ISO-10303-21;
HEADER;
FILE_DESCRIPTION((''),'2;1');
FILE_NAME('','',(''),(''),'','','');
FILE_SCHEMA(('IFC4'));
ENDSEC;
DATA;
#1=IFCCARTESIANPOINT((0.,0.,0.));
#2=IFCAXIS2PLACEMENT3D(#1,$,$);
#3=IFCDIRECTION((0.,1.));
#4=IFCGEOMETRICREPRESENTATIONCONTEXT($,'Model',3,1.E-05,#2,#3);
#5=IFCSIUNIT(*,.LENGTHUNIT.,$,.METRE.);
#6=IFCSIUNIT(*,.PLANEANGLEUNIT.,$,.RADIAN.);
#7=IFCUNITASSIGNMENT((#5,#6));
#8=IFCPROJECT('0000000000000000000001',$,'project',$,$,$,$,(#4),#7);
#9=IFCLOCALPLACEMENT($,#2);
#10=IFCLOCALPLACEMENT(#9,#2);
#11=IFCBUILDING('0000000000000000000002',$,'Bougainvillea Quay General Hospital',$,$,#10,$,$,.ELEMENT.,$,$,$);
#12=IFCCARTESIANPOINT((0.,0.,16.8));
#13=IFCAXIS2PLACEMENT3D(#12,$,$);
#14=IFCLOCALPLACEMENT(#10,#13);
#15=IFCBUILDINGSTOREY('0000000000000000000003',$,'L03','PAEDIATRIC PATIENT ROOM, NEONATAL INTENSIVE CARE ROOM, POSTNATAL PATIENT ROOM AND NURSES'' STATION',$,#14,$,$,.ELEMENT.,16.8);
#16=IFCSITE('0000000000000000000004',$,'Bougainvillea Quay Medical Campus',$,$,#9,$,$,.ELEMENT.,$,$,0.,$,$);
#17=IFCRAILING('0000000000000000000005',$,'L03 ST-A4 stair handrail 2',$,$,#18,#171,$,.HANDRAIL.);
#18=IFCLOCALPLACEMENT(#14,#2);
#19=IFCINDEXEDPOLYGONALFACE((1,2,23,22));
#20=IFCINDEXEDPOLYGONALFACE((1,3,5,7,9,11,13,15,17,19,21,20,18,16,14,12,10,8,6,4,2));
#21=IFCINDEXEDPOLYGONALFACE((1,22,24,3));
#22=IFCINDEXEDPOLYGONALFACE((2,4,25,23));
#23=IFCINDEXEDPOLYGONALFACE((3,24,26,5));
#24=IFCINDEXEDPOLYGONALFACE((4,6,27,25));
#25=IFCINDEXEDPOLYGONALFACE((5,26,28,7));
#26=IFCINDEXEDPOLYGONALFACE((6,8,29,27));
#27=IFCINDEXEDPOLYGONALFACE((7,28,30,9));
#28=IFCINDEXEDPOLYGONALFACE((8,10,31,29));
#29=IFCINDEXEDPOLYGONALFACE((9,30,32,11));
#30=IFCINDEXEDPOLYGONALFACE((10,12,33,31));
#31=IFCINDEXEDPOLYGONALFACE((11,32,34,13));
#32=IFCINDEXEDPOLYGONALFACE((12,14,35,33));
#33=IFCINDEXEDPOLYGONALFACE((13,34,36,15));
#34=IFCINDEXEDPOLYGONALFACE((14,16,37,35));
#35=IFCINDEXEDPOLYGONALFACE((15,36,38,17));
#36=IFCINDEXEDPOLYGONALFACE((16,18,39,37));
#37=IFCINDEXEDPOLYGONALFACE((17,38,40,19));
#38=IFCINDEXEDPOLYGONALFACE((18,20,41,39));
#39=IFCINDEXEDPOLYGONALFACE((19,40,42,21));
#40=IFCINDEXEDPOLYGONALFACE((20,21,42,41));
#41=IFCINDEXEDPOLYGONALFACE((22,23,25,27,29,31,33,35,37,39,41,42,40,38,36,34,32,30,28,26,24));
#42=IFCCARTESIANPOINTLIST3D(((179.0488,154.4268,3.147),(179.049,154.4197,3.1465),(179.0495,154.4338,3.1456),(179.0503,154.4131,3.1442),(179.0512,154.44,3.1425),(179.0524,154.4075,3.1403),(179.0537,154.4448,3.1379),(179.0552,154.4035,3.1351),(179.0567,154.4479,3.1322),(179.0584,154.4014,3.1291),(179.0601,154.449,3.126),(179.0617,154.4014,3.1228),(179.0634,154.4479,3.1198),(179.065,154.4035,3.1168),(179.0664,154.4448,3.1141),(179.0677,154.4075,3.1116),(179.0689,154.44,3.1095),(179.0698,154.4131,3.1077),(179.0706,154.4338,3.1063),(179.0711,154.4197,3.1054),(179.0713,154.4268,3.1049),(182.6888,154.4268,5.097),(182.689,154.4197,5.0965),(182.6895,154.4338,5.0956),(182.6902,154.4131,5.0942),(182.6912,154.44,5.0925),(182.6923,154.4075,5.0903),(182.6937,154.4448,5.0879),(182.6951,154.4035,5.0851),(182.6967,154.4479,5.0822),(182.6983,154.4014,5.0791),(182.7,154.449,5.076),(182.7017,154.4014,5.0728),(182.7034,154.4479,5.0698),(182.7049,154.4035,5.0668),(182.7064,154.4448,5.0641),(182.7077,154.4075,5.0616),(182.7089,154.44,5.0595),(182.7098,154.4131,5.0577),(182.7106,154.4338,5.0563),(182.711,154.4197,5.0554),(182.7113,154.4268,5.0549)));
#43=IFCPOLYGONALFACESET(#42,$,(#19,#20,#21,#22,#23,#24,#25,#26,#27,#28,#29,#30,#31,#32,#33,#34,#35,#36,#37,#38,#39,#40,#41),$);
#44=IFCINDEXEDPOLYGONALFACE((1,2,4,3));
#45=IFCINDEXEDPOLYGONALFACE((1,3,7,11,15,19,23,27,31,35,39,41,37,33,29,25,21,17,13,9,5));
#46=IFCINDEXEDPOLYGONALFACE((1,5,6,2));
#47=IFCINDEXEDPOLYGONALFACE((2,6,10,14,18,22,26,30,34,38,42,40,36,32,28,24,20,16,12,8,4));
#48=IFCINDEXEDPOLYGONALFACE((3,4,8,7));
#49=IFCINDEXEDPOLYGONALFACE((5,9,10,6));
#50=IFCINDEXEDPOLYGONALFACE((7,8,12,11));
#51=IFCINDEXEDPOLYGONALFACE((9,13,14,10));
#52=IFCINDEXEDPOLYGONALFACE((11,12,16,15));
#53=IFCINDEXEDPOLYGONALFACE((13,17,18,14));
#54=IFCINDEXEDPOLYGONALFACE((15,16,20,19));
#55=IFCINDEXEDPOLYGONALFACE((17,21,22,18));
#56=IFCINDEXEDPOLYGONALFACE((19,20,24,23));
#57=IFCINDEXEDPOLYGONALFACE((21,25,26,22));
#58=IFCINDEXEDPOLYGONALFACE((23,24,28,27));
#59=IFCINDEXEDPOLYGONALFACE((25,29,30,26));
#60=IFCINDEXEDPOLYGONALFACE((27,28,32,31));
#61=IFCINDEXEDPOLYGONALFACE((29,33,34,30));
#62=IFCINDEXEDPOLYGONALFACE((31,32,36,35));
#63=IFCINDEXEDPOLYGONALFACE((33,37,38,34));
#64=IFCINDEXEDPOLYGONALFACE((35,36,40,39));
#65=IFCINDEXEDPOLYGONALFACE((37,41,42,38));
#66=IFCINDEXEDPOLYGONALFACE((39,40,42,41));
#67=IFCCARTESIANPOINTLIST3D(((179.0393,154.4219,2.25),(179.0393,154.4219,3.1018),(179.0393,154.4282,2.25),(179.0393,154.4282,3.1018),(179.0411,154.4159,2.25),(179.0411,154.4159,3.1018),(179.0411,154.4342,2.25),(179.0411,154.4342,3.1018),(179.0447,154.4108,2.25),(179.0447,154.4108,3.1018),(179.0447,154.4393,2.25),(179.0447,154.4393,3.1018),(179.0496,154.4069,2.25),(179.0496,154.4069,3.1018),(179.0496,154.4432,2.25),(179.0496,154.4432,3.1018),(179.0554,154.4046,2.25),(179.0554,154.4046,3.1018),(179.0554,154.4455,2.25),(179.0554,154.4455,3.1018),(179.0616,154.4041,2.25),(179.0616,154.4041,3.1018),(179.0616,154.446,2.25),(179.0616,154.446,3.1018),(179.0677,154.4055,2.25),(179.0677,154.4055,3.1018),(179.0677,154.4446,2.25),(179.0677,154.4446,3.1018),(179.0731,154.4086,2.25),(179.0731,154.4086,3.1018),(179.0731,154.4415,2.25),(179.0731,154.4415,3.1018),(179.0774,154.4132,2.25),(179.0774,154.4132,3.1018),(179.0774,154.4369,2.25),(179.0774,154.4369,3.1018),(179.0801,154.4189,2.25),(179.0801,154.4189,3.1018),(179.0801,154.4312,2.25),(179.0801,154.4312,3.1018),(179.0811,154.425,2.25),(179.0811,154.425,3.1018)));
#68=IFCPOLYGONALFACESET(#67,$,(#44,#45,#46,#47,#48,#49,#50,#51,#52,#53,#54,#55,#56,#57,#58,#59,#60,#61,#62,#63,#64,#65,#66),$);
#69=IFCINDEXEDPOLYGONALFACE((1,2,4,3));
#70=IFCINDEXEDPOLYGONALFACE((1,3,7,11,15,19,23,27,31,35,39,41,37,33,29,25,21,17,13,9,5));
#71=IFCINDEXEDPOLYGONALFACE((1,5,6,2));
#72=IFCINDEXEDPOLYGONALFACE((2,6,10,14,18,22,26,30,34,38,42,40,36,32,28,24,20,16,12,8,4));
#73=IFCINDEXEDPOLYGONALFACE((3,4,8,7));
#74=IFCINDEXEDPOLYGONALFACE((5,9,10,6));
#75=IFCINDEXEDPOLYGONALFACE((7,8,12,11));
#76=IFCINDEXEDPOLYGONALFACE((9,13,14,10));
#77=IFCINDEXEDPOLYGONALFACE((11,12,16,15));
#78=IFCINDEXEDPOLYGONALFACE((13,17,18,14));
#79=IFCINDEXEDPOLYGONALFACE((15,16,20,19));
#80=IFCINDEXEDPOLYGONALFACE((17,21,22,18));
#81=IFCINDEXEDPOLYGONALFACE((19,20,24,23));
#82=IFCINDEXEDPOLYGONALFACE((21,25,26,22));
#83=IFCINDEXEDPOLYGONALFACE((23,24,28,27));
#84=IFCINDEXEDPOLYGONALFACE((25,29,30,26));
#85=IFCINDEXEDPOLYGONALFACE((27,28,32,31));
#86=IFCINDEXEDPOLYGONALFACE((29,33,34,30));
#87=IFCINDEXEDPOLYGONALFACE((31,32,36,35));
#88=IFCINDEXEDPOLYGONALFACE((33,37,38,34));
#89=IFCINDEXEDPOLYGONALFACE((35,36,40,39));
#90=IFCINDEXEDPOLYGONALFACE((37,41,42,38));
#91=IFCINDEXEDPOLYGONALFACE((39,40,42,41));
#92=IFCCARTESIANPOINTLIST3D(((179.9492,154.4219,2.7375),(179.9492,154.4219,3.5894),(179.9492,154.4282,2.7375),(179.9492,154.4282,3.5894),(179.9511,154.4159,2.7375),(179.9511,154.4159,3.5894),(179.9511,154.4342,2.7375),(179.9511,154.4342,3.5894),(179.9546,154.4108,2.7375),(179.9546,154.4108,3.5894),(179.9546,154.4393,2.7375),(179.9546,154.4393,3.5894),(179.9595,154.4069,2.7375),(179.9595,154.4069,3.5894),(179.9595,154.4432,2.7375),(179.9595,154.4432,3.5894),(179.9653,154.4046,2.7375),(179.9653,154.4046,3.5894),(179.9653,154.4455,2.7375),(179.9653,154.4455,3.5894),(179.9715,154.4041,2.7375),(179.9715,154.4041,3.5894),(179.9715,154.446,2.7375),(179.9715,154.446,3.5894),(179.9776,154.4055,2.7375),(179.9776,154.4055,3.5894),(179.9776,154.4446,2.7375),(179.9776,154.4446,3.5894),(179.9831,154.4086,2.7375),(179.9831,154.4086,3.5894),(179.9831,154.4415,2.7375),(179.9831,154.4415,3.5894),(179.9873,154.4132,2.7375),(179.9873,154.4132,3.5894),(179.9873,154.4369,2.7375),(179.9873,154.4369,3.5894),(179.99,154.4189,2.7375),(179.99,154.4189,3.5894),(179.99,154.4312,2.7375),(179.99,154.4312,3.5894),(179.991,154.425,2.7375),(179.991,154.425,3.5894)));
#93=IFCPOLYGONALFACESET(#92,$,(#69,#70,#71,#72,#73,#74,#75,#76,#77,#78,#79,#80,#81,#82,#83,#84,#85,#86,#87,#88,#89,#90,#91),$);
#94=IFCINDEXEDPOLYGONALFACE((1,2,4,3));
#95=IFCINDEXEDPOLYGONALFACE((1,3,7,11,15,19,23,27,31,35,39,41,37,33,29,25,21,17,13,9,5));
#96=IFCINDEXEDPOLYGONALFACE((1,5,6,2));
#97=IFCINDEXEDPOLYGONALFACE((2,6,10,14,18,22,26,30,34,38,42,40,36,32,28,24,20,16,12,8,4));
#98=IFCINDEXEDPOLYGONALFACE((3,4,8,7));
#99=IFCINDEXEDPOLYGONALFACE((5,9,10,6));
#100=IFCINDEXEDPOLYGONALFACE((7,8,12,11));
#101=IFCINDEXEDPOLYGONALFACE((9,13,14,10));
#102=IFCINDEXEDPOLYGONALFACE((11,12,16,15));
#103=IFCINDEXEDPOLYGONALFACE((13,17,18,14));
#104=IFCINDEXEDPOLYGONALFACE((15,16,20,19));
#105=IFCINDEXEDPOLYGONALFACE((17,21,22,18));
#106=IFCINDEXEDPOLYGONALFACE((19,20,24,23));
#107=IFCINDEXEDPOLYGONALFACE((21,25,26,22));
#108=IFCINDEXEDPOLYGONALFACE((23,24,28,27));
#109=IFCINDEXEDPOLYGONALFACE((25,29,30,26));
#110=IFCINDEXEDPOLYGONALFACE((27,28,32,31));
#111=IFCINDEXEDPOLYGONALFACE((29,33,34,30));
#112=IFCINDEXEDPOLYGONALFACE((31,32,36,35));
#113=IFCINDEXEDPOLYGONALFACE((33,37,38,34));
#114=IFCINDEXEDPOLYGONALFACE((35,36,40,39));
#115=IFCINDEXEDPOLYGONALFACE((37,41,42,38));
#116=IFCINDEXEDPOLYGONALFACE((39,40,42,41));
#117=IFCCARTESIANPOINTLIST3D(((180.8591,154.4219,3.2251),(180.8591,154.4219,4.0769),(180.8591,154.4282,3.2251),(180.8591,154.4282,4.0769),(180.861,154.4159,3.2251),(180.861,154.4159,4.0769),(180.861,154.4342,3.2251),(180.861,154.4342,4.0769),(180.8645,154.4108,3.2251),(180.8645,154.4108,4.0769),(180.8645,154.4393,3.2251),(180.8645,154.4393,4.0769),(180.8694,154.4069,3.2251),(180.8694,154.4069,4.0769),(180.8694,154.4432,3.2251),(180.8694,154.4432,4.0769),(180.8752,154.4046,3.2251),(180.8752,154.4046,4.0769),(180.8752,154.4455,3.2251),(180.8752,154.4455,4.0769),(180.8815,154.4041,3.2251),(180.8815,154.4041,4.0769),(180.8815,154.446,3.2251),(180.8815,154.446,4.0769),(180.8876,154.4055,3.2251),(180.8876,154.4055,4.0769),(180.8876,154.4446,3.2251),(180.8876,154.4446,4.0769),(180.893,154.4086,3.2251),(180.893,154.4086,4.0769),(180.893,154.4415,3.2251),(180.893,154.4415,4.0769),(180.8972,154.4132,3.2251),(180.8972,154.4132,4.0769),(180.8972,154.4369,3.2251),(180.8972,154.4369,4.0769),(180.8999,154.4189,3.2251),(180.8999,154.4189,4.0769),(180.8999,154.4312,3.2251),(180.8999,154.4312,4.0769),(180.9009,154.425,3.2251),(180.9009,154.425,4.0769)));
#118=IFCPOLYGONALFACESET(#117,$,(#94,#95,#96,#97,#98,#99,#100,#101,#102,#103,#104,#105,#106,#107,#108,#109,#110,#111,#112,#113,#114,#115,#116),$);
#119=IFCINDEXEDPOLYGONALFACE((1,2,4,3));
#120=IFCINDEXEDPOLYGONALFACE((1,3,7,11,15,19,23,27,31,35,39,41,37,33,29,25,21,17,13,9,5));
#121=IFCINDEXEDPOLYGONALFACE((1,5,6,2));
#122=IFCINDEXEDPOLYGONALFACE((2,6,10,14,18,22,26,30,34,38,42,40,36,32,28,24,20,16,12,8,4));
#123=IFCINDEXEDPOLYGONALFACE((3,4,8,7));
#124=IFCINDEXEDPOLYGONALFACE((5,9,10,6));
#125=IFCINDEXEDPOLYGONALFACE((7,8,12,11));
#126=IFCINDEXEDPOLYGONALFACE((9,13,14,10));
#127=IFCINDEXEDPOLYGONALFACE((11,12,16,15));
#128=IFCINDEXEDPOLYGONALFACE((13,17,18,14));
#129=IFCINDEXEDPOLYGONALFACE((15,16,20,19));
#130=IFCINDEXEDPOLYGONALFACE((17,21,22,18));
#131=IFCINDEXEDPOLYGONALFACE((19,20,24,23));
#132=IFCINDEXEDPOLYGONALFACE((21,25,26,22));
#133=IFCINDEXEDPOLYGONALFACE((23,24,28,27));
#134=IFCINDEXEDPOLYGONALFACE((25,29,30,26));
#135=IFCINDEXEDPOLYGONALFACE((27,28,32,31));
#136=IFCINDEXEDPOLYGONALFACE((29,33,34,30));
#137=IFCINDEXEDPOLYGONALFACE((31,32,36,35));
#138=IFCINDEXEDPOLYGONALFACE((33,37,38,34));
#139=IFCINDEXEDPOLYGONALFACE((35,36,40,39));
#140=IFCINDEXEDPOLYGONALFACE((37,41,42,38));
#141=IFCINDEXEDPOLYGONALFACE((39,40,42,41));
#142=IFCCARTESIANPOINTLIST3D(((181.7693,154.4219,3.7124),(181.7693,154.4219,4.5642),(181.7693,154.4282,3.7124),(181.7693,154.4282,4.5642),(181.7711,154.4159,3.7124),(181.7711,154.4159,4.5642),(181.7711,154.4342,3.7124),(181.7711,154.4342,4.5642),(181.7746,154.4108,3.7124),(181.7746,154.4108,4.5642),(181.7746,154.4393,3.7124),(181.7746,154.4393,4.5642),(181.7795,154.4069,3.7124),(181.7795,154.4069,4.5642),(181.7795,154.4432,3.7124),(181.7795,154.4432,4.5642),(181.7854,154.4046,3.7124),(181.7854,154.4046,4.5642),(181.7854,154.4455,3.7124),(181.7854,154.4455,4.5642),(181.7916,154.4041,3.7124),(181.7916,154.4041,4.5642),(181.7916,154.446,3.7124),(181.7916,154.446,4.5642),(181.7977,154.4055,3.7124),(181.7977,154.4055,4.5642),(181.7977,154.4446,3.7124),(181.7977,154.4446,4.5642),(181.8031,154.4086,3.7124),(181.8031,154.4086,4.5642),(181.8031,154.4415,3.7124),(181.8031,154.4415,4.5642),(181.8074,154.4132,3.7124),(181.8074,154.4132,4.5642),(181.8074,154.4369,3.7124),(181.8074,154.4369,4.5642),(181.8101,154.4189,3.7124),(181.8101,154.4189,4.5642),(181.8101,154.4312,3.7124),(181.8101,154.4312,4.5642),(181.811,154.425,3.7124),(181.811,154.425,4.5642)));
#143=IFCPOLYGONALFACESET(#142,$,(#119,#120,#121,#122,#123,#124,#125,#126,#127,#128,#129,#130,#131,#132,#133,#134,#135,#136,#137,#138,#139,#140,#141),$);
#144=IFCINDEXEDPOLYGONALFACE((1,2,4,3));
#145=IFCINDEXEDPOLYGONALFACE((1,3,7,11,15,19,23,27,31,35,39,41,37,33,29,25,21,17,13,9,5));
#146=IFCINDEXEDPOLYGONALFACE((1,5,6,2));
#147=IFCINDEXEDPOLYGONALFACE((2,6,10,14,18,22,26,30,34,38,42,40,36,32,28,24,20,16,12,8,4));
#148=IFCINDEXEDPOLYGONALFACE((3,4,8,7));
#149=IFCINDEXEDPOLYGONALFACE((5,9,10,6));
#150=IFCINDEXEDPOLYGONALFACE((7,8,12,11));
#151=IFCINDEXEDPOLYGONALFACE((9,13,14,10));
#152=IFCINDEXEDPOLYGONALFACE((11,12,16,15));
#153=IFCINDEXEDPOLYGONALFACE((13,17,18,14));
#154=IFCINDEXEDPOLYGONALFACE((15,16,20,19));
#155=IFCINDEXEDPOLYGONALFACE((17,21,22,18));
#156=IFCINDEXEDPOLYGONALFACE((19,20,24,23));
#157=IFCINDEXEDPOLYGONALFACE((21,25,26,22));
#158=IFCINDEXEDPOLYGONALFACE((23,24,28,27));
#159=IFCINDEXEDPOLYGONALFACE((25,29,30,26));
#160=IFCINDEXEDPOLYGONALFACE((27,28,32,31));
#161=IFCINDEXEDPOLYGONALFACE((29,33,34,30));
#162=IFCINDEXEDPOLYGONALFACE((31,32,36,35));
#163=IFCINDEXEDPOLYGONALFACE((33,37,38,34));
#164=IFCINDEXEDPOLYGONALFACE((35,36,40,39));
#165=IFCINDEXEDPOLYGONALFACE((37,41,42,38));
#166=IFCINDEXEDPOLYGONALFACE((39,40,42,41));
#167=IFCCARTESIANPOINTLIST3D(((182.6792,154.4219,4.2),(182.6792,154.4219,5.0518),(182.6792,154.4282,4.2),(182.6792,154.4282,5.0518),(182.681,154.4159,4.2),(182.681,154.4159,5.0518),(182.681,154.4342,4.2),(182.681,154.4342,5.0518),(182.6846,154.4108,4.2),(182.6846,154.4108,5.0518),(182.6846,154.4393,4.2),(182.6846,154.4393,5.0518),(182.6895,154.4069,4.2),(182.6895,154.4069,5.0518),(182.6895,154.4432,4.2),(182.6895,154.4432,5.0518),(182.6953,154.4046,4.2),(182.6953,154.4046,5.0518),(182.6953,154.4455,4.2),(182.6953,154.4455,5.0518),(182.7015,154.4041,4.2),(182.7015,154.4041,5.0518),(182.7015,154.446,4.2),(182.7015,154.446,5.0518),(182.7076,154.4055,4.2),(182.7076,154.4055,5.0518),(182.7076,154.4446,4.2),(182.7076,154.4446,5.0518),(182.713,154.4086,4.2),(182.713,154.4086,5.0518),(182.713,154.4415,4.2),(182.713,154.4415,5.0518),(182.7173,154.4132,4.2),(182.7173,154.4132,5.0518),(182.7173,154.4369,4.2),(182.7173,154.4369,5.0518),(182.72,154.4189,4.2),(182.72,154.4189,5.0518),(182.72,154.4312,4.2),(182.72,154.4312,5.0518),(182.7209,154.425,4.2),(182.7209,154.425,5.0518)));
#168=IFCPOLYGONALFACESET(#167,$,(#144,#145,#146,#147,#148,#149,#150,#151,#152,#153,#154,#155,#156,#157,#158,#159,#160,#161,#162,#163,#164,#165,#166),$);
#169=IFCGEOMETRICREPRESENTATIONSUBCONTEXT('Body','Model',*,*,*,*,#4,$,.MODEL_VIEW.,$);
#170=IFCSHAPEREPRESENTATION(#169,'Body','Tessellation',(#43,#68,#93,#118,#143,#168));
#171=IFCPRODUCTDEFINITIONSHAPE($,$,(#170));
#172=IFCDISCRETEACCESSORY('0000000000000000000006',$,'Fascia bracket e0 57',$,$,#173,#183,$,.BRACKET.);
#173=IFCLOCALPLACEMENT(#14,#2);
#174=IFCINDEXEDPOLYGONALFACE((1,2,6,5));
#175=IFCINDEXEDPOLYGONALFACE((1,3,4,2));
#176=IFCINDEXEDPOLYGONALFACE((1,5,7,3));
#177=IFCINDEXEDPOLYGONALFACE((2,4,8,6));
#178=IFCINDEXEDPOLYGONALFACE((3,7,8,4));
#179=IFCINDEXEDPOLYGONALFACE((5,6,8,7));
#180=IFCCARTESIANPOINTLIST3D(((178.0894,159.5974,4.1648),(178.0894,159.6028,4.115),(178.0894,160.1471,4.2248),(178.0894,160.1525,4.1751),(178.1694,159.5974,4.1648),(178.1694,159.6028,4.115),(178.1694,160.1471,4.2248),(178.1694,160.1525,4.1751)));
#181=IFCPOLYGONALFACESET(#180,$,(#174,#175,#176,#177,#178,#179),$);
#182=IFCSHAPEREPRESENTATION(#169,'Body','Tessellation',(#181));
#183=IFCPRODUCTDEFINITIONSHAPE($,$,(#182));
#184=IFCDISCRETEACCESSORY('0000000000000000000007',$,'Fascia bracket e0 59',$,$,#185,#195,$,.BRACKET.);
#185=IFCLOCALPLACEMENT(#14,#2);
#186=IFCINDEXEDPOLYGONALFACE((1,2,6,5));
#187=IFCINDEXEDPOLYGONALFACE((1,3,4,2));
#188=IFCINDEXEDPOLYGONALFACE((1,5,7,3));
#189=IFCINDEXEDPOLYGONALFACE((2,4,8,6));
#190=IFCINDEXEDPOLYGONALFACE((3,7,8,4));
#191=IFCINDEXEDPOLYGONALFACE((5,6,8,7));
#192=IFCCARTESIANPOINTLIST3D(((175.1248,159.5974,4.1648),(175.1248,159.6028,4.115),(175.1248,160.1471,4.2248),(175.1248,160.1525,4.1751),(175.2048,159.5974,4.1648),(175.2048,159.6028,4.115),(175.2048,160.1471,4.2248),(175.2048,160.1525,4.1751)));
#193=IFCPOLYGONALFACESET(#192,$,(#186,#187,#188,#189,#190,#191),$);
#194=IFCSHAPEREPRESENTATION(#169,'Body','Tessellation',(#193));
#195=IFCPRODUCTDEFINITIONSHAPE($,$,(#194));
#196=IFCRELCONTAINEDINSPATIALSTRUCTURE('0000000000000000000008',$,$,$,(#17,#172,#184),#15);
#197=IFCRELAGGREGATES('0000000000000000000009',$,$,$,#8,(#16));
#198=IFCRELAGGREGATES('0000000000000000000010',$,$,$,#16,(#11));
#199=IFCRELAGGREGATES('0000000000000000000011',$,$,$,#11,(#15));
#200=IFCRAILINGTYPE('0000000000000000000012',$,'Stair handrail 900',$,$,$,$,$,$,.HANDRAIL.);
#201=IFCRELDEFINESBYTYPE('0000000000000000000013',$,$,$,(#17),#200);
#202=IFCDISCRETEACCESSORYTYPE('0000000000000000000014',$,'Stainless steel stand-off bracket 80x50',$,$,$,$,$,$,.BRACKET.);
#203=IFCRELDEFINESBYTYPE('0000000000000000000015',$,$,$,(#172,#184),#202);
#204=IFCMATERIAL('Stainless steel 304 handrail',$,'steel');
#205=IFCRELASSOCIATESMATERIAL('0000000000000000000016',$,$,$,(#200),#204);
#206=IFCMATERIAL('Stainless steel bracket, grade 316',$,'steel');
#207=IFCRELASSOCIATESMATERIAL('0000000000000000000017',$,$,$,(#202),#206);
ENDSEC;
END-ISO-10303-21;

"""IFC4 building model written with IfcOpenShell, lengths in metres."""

from ifc_helpers import new_model, si_unit, direction, frame, origin, origin_2d, place, context, subcontext, project, spatial, rectangle, circle, extrude, material, material_profile, profile_set, type_object, element, save


model = new_model("IFC4")

# Units and contexts
model_context = context("Model", 3, precision=1e-05, world=origin(), true_north=direction((0.0, 1.0)))
body_context = subcontext(model_context, "Body", "Model", "MODEL_VIEW")
ifc_project = project(units=[si_unit("LENGTHUNIT", "METRE"), si_unit("PLANEANGLEUNIT", "RADIAN")], contexts=[model_context])

# Site, building, storey
site_placement = place(None, origin())
site = spatial("IfcSite", under=ifc_project, at=site_placement, Name="Bougainvillea Quay Medical Campus", CompositionType="ELEMENT", RefElevation=0.0)
building_placement = place(site_placement, origin())
building = spatial("IfcBuilding", under=site, at=building_placement, Name="Bougainvillea Quay General Hospital", CompositionType="ELEMENT")
storey_placement = place(building_placement, frame((0.0, 0.0, 16.8)))
storey = spatial("IfcBuildingStorey", under=building, at=storey_placement, Name="L03", Description="PAEDIATRIC PATIENT ROOM, NEONATAL INTENSIVE CARE ROOM, POSTNATAL PATIENT ROOM AND NURSES' STATION", CompositionType="ELEMENT", Elevation=16.8)

# Railing
ifc_material_1 = material(Name="Stainless steel 304 handrail", Category="steel")
railing_type_1 = type_object("IfcRailingType", Name="Stair handrail 900", PredefinedType="HANDRAIL", material=ifc_material_1)
railing_1_placement = place(storey_placement, frame((179.0601, 154.425, 2.25)))
element("IfcRailing", 1, at=railing_1_placement, inside=storey, type_object=railing_type_1, Name="L03 ST-A4 stair handrail 2", PredefinedType="HANDRAIL", context=body_context, shape_type="SweptSolid", body=[
    extrude(circle(Radius=0.0239, at=origin_2d()), frame((0.0, 0.0, 0.876), z_axis=(0.881479, 0.0, 0.472223), x_axis=(0.0, 1.0, 0.0)), (0.0, 0.0, 1.0), 4.1294),
    extrude(circle(Radius=0.021, at=origin_2d()), origin(), (0.0, 0.0, 1.0), 0.8518),
    extrude(circle(Radius=0.021, at=origin_2d()), frame((0.9099, 0.0, 0.4875)), (0.0, 0.0, 1.0), 0.8518),
    extrude(circle(Radius=0.021, at=origin_2d()), frame((1.8198, 0.0, 0.9751)), (0.0, 0.0, 1.0), 0.8518),
    extrude(circle(Radius=0.021, at=origin_2d()), frame((2.73, 0.0, 1.4624)), (0.0, 0.0, 1.0), 0.8518),
    extrude(circle(Radius=0.021, at=origin_2d()), frame((3.6399, 0.0, 1.95)), (0.0, 0.0, 1.0), 0.8518),
])

# Discrete accessories
ifc_material_2 = material(Name="Stainless steel bracket, grade 316", Category="steel")
ifc_material_profile_1 = material_profile(ifc_material_2, rectangle(XDim=0.0801, YDim=0.05, at=origin_2d()))
ifc_profile_set_1 = profile_set([ifc_material_profile_1], Name="Stainless steel bracket, grade 316")
discrete_accessory_type = type_object("IfcDiscreteAccessoryType", Name="Stainless steel stand-off bracket 80x50", PredefinedType="BRACKET", material=ifc_profile_set_1)
for number, where, z_axis, x_axis, name in (
    (2, (178.1294, 159.6001, 4.1399), (0.0, 0.994087, 0.10859), (-1.0, 0.0, 0.0), "Fascia bracket e0 57"),
    (3, (175.1648, 159.6001, 4.1399), (0.0, 0.994087, 0.10859), (-1.0, 0.0, 0.0), "Fascia bracket e0 59"),
):
    element("IfcDiscreteAccessory", number, at=place(storey_placement, frame(where, z_axis=z_axis, x_axis=x_axis)), inside=storey, type_object=discrete_accessory_type, Name=name, PredefinedType="BRACKET", context=body_context, shape_type="SweptSolid", body=[
        extrude(rectangle(XDim=0.0801, YDim=0.05, at=origin_2d()), origin(), (0.0, 0.0, 1.0), 0.553),
    ])

save(model, "model.ifc")
